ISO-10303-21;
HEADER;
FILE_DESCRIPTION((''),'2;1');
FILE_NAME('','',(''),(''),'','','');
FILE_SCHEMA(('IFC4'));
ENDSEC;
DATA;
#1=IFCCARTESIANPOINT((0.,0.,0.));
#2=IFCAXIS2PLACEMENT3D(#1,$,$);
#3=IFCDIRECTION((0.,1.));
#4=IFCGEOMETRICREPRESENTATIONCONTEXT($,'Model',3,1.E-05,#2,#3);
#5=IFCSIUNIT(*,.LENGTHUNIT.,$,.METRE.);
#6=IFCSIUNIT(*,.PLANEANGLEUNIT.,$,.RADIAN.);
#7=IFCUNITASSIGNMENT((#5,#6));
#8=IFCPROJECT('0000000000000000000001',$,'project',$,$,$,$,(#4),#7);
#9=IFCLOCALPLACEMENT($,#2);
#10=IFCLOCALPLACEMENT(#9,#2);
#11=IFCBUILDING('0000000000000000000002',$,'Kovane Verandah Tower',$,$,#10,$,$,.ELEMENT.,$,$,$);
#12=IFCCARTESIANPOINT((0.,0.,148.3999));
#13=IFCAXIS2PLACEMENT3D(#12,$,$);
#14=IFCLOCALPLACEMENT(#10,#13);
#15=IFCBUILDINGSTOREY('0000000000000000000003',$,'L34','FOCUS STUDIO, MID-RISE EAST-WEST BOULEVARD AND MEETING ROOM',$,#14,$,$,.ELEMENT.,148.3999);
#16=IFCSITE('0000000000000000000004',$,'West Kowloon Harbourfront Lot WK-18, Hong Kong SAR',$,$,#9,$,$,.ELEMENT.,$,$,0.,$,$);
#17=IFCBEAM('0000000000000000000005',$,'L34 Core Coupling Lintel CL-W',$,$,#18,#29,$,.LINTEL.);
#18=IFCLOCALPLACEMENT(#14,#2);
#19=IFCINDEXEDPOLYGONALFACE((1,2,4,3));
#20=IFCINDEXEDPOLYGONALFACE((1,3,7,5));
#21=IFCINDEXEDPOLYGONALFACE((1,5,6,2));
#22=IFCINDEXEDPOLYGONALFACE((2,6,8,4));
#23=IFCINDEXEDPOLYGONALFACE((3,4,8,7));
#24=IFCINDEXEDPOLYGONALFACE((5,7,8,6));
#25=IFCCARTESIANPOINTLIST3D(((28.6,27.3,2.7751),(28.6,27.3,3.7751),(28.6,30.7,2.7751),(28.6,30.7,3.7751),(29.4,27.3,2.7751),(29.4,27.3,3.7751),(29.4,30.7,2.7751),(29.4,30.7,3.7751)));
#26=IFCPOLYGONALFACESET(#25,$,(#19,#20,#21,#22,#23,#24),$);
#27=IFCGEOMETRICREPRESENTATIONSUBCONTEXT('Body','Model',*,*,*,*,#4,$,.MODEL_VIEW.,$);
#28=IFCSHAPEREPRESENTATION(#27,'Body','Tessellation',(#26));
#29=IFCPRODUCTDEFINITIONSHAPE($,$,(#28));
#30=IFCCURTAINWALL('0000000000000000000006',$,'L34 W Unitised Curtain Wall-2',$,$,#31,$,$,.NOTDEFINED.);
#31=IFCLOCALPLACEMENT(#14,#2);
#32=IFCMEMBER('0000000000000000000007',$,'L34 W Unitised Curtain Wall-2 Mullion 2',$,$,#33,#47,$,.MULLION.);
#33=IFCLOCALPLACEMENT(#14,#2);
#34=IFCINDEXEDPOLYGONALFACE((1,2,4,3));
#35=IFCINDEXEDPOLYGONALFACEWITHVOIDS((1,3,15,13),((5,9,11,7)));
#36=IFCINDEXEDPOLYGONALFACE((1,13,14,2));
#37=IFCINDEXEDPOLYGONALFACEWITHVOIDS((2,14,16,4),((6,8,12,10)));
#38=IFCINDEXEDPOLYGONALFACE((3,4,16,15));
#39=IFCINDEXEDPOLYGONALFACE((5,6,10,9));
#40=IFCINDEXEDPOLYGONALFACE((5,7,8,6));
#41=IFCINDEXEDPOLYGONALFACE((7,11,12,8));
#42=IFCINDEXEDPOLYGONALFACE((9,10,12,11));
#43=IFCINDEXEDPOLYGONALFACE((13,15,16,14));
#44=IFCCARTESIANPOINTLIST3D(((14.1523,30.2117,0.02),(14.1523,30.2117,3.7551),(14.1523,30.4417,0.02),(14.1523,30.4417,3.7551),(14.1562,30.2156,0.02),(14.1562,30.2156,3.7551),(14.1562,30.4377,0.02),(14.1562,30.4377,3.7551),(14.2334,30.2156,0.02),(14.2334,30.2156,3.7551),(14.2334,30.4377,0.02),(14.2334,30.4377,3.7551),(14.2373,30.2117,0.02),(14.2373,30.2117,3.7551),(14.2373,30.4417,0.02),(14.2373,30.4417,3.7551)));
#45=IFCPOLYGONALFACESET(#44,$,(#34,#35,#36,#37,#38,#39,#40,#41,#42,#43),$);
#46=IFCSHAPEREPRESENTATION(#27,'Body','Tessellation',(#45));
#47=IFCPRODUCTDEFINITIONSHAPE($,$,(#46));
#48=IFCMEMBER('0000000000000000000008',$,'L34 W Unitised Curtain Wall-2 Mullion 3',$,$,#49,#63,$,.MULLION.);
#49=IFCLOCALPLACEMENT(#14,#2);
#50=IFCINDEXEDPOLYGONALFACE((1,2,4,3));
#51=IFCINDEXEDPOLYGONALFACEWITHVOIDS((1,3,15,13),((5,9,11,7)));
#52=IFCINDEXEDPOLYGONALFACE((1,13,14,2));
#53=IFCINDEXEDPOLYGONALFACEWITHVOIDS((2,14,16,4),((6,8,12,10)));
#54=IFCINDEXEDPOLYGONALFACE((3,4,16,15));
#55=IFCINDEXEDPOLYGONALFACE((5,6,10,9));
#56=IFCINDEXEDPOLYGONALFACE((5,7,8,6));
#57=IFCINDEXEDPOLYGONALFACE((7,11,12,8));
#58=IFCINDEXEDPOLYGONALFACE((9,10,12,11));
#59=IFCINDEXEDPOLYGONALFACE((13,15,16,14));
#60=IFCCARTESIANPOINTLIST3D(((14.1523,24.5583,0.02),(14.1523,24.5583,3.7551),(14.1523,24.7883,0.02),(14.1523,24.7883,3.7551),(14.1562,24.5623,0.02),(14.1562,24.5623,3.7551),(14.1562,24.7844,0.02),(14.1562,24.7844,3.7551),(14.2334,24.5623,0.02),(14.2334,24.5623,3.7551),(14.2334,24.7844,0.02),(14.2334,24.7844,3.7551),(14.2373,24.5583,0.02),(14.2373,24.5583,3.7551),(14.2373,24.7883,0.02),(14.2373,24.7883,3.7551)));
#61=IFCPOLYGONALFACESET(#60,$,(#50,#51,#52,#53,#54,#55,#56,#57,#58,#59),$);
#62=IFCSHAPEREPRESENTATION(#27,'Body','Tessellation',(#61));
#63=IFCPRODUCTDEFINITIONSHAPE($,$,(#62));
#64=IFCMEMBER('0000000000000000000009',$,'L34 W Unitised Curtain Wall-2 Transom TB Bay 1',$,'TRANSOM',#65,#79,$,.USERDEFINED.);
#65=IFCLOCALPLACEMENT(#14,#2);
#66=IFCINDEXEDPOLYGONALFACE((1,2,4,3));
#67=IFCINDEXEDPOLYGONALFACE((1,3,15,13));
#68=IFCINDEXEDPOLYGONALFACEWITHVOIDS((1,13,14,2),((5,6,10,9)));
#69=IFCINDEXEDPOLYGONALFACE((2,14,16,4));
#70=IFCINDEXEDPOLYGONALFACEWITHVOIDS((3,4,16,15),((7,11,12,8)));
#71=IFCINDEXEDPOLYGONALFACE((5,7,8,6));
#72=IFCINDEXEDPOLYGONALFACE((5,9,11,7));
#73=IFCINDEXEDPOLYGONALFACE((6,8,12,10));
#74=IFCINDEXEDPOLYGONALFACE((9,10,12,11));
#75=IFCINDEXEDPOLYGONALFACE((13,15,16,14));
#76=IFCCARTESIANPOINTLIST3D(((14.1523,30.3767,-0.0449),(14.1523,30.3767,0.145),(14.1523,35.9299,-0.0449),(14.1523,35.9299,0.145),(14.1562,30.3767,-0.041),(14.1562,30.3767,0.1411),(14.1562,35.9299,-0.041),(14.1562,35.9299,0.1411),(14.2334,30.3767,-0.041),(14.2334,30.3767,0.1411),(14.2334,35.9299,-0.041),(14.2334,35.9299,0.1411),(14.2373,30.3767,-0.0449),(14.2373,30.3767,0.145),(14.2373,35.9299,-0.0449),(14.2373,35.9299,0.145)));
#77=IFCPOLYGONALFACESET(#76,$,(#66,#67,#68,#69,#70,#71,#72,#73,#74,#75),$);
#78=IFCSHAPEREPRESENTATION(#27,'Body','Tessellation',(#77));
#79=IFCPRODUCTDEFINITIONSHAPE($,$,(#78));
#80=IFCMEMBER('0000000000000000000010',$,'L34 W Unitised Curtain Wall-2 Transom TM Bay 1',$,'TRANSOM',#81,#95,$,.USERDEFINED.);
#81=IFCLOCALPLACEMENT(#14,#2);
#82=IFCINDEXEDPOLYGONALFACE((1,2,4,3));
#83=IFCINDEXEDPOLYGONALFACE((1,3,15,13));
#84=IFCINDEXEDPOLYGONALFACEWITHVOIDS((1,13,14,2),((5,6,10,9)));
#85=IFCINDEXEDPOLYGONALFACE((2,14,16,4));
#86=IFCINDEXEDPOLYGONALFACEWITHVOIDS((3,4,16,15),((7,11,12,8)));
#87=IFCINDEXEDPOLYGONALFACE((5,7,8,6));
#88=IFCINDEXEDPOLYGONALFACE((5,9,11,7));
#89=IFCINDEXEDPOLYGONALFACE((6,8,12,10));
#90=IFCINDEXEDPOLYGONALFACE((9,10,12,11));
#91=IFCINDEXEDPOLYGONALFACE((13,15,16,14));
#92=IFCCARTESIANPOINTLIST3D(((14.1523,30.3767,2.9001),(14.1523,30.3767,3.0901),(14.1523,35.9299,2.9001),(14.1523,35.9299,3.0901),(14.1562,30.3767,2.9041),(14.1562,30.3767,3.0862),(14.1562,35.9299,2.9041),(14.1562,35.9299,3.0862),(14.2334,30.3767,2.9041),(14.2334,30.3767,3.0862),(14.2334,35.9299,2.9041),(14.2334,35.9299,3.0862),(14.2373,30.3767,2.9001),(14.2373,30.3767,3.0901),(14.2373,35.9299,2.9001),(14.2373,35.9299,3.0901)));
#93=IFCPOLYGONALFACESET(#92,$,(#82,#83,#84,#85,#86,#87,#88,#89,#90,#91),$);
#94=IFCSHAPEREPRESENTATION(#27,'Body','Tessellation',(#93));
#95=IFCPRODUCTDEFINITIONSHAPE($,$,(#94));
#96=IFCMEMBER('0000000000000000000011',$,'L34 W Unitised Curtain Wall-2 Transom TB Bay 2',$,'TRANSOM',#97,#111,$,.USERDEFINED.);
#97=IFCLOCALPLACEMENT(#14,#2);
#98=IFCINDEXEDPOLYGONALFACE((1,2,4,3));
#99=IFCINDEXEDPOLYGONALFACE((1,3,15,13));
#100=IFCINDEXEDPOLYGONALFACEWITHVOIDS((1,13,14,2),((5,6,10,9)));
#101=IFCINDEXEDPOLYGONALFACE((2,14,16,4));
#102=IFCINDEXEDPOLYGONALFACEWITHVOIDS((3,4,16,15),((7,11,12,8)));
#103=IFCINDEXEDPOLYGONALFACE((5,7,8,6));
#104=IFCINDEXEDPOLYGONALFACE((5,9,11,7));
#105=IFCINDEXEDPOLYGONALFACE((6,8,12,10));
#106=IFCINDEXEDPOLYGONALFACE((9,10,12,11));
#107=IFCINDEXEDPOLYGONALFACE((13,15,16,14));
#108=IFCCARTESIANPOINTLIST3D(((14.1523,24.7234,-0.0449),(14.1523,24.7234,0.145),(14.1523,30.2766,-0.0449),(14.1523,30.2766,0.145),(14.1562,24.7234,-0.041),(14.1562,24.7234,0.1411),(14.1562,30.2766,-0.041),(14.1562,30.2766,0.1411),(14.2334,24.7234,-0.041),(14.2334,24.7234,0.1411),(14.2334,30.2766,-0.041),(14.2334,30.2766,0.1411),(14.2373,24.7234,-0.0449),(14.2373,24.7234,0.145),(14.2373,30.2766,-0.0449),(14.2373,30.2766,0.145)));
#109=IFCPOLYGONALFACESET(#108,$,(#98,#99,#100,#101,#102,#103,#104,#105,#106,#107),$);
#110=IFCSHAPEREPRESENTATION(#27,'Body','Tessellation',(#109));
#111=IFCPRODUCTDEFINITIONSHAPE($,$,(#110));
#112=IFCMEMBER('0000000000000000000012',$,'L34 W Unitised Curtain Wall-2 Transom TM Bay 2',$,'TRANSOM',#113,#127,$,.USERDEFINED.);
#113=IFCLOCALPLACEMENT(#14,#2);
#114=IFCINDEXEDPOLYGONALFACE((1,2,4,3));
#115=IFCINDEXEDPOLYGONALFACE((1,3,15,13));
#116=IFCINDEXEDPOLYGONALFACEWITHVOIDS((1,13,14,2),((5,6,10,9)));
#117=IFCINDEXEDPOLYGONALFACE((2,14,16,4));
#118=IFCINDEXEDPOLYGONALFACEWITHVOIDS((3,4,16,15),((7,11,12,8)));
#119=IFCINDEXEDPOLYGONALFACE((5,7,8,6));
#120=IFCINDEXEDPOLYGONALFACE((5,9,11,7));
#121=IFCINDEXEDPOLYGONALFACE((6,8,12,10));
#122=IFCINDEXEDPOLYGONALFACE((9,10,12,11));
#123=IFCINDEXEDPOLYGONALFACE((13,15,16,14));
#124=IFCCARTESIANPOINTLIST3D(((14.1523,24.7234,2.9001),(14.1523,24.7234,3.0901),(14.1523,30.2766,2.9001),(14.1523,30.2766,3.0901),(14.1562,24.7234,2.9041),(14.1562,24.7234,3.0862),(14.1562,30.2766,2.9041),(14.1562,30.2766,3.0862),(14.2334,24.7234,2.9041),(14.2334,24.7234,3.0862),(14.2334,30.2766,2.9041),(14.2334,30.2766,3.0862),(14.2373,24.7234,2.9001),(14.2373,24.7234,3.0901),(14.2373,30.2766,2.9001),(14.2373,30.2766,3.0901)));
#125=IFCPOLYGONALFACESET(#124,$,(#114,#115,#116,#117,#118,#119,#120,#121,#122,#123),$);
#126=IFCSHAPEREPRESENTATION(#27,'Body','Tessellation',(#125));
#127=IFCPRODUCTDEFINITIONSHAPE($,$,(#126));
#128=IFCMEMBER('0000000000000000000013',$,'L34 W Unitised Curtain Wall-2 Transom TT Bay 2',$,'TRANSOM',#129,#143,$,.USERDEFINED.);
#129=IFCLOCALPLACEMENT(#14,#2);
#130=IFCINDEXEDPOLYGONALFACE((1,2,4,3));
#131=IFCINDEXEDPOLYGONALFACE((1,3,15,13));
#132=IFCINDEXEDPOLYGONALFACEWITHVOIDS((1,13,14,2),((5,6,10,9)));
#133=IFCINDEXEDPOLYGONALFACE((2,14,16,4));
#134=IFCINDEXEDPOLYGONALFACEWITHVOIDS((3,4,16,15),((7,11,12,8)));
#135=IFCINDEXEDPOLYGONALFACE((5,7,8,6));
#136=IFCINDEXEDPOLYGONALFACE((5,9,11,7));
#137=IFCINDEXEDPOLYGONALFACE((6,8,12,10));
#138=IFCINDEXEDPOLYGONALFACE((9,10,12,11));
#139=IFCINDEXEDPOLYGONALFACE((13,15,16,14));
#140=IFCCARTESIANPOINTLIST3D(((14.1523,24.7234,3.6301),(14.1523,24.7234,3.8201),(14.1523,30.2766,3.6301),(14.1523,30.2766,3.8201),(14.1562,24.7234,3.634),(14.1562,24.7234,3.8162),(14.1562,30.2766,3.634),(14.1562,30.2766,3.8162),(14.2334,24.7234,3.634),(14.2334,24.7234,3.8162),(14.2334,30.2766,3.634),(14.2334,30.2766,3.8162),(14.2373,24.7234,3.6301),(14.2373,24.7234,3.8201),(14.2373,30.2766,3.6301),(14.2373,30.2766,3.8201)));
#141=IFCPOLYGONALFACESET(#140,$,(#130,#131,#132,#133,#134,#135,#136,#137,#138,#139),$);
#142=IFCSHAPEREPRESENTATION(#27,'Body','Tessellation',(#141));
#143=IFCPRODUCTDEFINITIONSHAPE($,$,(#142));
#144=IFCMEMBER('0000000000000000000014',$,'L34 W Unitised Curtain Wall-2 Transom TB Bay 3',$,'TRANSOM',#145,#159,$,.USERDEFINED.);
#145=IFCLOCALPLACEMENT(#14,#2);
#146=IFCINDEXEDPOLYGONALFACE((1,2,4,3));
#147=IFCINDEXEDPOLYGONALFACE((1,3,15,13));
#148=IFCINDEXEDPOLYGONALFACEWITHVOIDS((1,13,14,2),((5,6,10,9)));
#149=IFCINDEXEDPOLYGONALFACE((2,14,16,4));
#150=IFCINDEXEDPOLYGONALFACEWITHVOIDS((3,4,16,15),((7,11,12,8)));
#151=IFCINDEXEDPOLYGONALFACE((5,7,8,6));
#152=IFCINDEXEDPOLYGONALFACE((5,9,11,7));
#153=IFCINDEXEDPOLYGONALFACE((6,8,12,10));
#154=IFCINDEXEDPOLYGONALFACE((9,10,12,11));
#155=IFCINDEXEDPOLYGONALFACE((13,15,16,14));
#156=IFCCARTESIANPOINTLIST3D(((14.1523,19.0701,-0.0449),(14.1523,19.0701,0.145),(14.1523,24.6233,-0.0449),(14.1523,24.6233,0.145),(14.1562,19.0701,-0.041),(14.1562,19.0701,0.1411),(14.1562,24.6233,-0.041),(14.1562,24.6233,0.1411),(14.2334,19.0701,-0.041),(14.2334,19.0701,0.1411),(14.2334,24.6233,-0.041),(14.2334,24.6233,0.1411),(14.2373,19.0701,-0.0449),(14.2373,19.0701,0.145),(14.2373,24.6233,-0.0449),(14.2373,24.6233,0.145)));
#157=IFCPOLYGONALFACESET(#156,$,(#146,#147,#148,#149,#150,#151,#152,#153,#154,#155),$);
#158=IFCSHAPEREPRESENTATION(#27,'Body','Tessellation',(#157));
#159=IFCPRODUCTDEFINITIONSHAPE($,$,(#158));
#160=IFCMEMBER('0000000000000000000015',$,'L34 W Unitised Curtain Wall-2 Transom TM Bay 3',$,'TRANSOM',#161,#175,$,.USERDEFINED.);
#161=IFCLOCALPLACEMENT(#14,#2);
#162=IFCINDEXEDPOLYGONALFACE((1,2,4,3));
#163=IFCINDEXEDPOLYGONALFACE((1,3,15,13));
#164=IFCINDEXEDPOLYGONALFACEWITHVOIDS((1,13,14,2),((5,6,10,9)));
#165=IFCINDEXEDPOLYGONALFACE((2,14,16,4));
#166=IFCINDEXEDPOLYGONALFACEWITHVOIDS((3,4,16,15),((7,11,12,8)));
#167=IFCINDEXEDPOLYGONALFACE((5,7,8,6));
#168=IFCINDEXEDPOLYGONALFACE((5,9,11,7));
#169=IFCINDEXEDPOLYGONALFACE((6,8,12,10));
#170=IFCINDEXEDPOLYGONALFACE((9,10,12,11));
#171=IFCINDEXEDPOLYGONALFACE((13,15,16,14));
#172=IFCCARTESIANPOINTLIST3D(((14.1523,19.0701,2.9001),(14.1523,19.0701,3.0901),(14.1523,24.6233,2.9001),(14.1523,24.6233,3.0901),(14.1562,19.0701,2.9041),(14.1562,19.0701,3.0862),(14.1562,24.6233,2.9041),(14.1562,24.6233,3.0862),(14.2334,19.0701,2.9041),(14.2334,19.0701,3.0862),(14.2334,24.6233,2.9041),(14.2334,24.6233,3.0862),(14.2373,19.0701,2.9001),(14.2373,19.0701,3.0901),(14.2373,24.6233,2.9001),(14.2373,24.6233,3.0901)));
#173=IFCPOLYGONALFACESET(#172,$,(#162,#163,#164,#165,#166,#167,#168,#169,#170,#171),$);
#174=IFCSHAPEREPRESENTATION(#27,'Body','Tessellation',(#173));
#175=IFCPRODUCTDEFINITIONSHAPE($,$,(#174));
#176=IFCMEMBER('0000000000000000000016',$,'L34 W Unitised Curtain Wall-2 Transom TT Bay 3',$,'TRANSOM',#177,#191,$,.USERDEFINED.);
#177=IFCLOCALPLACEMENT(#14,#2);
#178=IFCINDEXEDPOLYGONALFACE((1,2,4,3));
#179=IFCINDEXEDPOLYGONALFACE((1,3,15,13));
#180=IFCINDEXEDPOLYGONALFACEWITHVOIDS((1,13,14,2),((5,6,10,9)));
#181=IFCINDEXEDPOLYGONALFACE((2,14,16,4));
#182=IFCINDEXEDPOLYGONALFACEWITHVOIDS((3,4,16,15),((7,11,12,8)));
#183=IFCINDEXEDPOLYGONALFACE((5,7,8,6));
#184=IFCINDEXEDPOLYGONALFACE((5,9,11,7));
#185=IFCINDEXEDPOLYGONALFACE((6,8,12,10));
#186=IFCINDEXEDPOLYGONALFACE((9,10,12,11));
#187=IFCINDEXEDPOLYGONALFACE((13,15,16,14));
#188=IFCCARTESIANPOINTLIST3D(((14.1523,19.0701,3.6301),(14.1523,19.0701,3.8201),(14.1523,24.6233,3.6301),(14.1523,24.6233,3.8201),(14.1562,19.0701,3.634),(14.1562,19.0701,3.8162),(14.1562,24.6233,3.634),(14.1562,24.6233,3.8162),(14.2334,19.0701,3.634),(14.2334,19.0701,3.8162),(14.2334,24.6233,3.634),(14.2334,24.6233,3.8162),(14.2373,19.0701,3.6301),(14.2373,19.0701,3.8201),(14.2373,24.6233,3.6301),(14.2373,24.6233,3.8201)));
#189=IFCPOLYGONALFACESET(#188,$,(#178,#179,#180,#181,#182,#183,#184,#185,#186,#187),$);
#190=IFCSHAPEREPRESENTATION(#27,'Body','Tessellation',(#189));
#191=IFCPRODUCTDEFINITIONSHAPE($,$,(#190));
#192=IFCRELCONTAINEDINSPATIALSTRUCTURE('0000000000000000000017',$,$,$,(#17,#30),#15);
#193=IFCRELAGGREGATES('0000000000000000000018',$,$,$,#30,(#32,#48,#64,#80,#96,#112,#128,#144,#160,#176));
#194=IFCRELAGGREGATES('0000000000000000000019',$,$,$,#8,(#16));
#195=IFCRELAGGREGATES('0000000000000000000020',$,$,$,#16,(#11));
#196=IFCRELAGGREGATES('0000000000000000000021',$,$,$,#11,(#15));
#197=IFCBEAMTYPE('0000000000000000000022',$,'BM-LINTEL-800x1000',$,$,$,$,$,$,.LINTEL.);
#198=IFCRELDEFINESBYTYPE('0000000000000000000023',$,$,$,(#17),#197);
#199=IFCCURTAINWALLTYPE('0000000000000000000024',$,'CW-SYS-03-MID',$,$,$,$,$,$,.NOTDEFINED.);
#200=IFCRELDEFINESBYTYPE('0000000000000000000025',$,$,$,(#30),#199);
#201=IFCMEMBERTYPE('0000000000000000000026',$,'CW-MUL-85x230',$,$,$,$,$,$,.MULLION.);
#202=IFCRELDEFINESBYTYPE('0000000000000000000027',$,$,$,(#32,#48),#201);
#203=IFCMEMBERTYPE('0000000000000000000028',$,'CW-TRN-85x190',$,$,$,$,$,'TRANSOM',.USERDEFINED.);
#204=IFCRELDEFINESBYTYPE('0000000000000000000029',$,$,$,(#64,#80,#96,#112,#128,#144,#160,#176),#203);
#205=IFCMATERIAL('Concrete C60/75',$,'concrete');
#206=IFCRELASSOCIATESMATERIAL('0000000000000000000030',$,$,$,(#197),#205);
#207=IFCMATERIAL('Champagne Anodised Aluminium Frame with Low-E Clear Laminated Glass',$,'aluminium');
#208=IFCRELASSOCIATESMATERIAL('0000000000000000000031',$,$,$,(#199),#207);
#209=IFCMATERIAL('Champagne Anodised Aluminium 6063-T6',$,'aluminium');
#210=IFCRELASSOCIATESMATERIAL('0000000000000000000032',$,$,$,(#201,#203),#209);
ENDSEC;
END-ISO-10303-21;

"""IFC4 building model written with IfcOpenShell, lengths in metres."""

from ifc_helpers import new_model, si_unit, direction, frame, origin, origin_2d, place, context, subcontext, project, spatial, rectangle, hollow_rectangle, extrude, material, material_profile, profile_set, type_object, element, aggregate, save


model = new_model("IFC4")

# Units and contexts
model_context = context("Model", 3, precision=1e-05, world=origin(), true_north=direction((0.0, 1.0)))
body_context = subcontext(model_context, "Body", "Model", "MODEL_VIEW")
ifc_project = project(units=[si_unit("LENGTHUNIT", "METRE"), si_unit("PLANEANGLEUNIT", "RADIAN")], contexts=[model_context])

# Site, building, storey
site_placement = place(None, origin())
site = spatial("IfcSite", under=ifc_project, at=site_placement, Name="West Kowloon Harbourfront Lot WK-18, Hong Kong SAR", CompositionType="ELEMENT", RefElevation=0.0)
building_placement = place(site_placement, origin())
building = spatial("IfcBuilding", under=site, at=building_placement, Name="Kovane Verandah Tower", CompositionType="ELEMENT")
storey_placement = place(building_placement, frame((0.0, 0.0, 148.3999)))
storey = spatial("IfcBuildingStorey", under=building, at=storey_placement, Name="L34", Description="FOCUS STUDIO, MID-RISE EAST-WEST BOULEVARD AND MEETING ROOM", CompositionType="ELEMENT", Elevation=148.3999)

# Beam
ifc_material_1 = material(Name="Concrete C60/75", Category="concrete")
ifc_material_profile_1 = material_profile(ifc_material_1, rectangle(XDim=0.8, YDim=1.0, at=origin_2d()), Name="RCB800x1000")
ifc_profile_set_1 = profile_set([ifc_material_profile_1], Name="Concrete C60/75")
beam_type = type_object("IfcBeamType", Name="BM-LINTEL-800x1000", PredefinedType="LINTEL", material=ifc_profile_set_1)
beam_placement = place(storey_placement, frame((29.0, 27.3, 3.2751), z_axis=(0.0, 1.0, 0.0), x_axis=(-1.0, 0.0, 0.0)))
element("IfcBeam", 1, at=beam_placement, inside=storey, type_object=beam_type, Name="L34 Core Coupling Lintel CL-W", PredefinedType="LINTEL", context=body_context, shape_type="SweptSolid", body=[
    extrude(rectangle(XDim=0.8, YDim=1.0, at=origin_2d()), origin(), (0.0, 0.0, 1.0), 3.3999),
])

# Curtain wall, members
ifc_material_2 = material(Name="Champagne Anodised Aluminium Frame with Low-E Clear Laminated Glass", Category="aluminium")
curtain_wall_type = type_object("IfcCurtainWallType", Name="CW-SYS-03-MID", PredefinedType="NOTDEFINED", material=ifc_material_2)
curtain_wall_placement = place(storey_placement, origin())
curtain_wall = element("IfcCurtainWall", 2, at=curtain_wall_placement, inside=storey, type_object=curtain_wall_type, Name="L34 W Unitised Curtain Wall-2", PredefinedType="NOTDEFINED")
ifc_material_3 = material(Name="Champagne Anodised Aluminium 6063-T6", Category="aluminium")
ifc_material_profile_2 = material_profile(ifc_material_3, hollow_rectangle(XDim=0.085, YDim=0.23, WallThickness=0.0039, at=origin_2d()), Name="AL85x230x4")
ifc_profile_set_2 = profile_set([ifc_material_profile_2], Name="Champagne Anodised Aluminium 6063-T6")
member_type_1 = type_object("IfcMemberType", Name="CW-MUL-85x230", PredefinedType="MULLION", material=ifc_profile_set_2)
member_1_placement = place(storey_placement, frame((14.1948, 30.3267, 0.02), z_axis=(0.0, 0.0, 1.0), x_axis=(-1.0, 0.0, 0.0)))
member_1 = element("IfcMember", 3, at=member_1_placement, type_object=member_type_1, Name="L34 W Unitised Curtain Wall-2 Mullion 2", PredefinedType="MULLION", context=body_context, shape_type="SweptSolid", body=[
    extrude(hollow_rectangle(XDim=0.085, YDim=0.23, WallThickness=0.0039, at=origin_2d()), origin(), (0.0, 0.0, 1.0), 3.7351),
])
member_2_placement = place(storey_placement, frame((14.1948, 24.6733, 0.02), z_axis=(0.0, 0.0, 1.0), x_axis=(-1.0, 0.0, 0.0)))
member_2 = element("IfcMember", 4, at=member_2_placement, type_object=member_type_1, Name="L34 W Unitised Curtain Wall-2 Mullion 3", PredefinedType="MULLION", context=body_context, shape_type="SweptSolid", body=[
    extrude(hollow_rectangle(XDim=0.085, YDim=0.23, WallThickness=0.0039, at=origin_2d()), origin(), (0.0, 0.0, 1.0), 3.7351),
])
ifc_material_profile_3 = material_profile(ifc_material_3, hollow_rectangle(XDim=0.085, YDim=0.1899, WallThickness=0.0039, at=origin_2d()), Name="AL85x190x4")
ifc_profile_set_3 = profile_set([ifc_material_profile_3], Name="Champagne Anodised Aluminium 6063-T6")
member_type_2 = type_object("IfcMemberType", Name="CW-TRN-85x190", ElementType="TRANSOM", PredefinedType="USERDEFINED", material=ifc_profile_set_3)
member_3_placement = place(storey_placement, frame((14.1948, 35.9299, 0.05), z_axis=(0.0, -1.0, 0.0), x_axis=(1.0, 0.0, 0.0)))
member_3 = element("IfcMember", 5, at=member_3_placement, type_object=member_type_2, Name="L34 W Unitised Curtain Wall-2 Transom TB Bay 1", ObjectType="TRANSOM", PredefinedType="USERDEFINED", context=body_context, shape_type="SweptSolid", body=[
    extrude(hollow_rectangle(XDim=0.085, YDim=0.1899, WallThickness=0.0039, at=origin_2d()), origin(), (0.0, 0.0, 1.0), 5.5532),
])
member_4_placement = place(storey_placement, frame((14.1948, 35.9299, 2.9951), z_axis=(0.0, -1.0, 0.0), x_axis=(1.0, 0.0, 0.0)))
member_4 = element("IfcMember", 6, at=member_4_placement, type_object=member_type_2, Name="L34 W Unitised Curtain Wall-2 Transom TM Bay 1", ObjectType="TRANSOM", PredefinedType="USERDEFINED", context=body_context, shape_type="SweptSolid", body=[
    extrude(hollow_rectangle(XDim=0.085, YDim=0.1899, WallThickness=0.0039, at=origin_2d()), origin(), (0.0, 0.0, 1.0), 5.5532),
])
member_5_placement = place(storey_placement, frame((14.1948, 30.2766, 0.05), z_axis=(0.0, -1.0, 0.0), x_axis=(1.0, 0.0, 0.0)))
member_5 = element("IfcMember", 7, at=member_5_placement, type_object=member_type_2, Name="L34 W Unitised Curtain Wall-2 Transom TB Bay 2", ObjectType="TRANSOM", PredefinedType="USERDEFINED", context=body_context, shape_type="SweptSolid", body=[
    extrude(hollow_rectangle(XDim=0.085, YDim=0.1899, WallThickness=0.0039, at=origin_2d()), origin(), (0.0, 0.0, 1.0), 5.5532),
])
member_6_placement = place(storey_placement, frame((14.1948, 30.2766, 2.9951), z_axis=(0.0, -1.0, 0.0), x_axis=(1.0, 0.0, 0.0)))
member_6 = element("IfcMember", 8, at=member_6_placement, type_object=member_type_2, Name="L34 W Unitised Curtain Wall-2 Transom TM Bay 2", ObjectType="TRANSOM", PredefinedType="USERDEFINED", context=body_context, shape_type="SweptSolid", body=[
    extrude(hollow_rectangle(XDim=0.085, YDim=0.1899, WallThickness=0.0039, at=origin_2d()), origin(), (0.0, 0.0, 1.0), 5.5532),
])
member_7_placement = place(storey_placement, frame((14.1948, 30.2766, 3.7251), z_axis=(0.0, -1.0, 0.0), x_axis=(1.0, 0.0, 0.0)))
member_7 = element("IfcMember", 9, at=member_7_placement, type_object=member_type_2, Name="L34 W Unitised Curtain Wall-2 Transom TT Bay 2", ObjectType="TRANSOM", PredefinedType="USERDEFINED", context=body_context, shape_type="SweptSolid", body=[
    extrude(hollow_rectangle(XDim=0.085, YDim=0.1899, WallThickness=0.0039, at=origin_2d()), origin(), (0.0, 0.0, 1.0), 5.5532),
])
member_8_placement = place(storey_placement, frame((14.1948, 24.6233, 0.05), z_axis=(0.0, -1.0, 0.0), x_axis=(1.0, 0.0, 0.0)))
member_8 = element("IfcMember", 10, at=member_8_placement, type_object=member_type_2, Name="L34 W Unitised Curtain Wall-2 Transom TB Bay 3", ObjectType="TRANSOM", PredefinedType="USERDEFINED", context=body_context, shape_type="SweptSolid", body=[
    extrude(hollow_rectangle(XDim=0.085, YDim=0.1899, WallThickness=0.0039, at=origin_2d()), origin(), (0.0, 0.0, 1.0), 5.5532),
])
member_9_placement = place(storey_placement, frame((14.1948, 24.6233, 2.9951), z_axis=(0.0, -1.0, 0.0), x_axis=(1.0, 0.0, 0.0)))
member_9 = element("IfcMember", 11, at=member_9_placement, type_object=member_type_2, Name="L34 W Unitised Curtain Wall-2 Transom TM Bay 3", ObjectType="TRANSOM", PredefinedType="USERDEFINED", context=body_context, shape_type="SweptSolid", body=[
    extrude(hollow_rectangle(XDim=0.085, YDim=0.1899, WallThickness=0.0039, at=origin_2d()), origin(), (0.0, 0.0, 1.0), 5.5532),
])
member_10_placement = place(storey_placement, frame((14.1948, 24.6233, 3.7251), z_axis=(0.0, -1.0, 0.0), x_axis=(1.0, 0.0, 0.0)))
member_10 = element("IfcMember", 12, at=member_10_placement, type_object=member_type_2, Name="L34 W Unitised Curtain Wall-2 Transom TT Bay 3", ObjectType="TRANSOM", PredefinedType="USERDEFINED", context=body_context, shape_type="SweptSolid", body=[
    extrude(hollow_rectangle(XDim=0.085, YDim=0.1899, WallThickness=0.0039, at=origin_2d()), origin(), (0.0, 0.0, 1.0), 5.5532),
])
aggregate(curtain_wall, [member_1, member_2, member_3, member_4, member_5, member_6, member_7, member_8, member_9, member_10])

save(model, "model.ifc")
